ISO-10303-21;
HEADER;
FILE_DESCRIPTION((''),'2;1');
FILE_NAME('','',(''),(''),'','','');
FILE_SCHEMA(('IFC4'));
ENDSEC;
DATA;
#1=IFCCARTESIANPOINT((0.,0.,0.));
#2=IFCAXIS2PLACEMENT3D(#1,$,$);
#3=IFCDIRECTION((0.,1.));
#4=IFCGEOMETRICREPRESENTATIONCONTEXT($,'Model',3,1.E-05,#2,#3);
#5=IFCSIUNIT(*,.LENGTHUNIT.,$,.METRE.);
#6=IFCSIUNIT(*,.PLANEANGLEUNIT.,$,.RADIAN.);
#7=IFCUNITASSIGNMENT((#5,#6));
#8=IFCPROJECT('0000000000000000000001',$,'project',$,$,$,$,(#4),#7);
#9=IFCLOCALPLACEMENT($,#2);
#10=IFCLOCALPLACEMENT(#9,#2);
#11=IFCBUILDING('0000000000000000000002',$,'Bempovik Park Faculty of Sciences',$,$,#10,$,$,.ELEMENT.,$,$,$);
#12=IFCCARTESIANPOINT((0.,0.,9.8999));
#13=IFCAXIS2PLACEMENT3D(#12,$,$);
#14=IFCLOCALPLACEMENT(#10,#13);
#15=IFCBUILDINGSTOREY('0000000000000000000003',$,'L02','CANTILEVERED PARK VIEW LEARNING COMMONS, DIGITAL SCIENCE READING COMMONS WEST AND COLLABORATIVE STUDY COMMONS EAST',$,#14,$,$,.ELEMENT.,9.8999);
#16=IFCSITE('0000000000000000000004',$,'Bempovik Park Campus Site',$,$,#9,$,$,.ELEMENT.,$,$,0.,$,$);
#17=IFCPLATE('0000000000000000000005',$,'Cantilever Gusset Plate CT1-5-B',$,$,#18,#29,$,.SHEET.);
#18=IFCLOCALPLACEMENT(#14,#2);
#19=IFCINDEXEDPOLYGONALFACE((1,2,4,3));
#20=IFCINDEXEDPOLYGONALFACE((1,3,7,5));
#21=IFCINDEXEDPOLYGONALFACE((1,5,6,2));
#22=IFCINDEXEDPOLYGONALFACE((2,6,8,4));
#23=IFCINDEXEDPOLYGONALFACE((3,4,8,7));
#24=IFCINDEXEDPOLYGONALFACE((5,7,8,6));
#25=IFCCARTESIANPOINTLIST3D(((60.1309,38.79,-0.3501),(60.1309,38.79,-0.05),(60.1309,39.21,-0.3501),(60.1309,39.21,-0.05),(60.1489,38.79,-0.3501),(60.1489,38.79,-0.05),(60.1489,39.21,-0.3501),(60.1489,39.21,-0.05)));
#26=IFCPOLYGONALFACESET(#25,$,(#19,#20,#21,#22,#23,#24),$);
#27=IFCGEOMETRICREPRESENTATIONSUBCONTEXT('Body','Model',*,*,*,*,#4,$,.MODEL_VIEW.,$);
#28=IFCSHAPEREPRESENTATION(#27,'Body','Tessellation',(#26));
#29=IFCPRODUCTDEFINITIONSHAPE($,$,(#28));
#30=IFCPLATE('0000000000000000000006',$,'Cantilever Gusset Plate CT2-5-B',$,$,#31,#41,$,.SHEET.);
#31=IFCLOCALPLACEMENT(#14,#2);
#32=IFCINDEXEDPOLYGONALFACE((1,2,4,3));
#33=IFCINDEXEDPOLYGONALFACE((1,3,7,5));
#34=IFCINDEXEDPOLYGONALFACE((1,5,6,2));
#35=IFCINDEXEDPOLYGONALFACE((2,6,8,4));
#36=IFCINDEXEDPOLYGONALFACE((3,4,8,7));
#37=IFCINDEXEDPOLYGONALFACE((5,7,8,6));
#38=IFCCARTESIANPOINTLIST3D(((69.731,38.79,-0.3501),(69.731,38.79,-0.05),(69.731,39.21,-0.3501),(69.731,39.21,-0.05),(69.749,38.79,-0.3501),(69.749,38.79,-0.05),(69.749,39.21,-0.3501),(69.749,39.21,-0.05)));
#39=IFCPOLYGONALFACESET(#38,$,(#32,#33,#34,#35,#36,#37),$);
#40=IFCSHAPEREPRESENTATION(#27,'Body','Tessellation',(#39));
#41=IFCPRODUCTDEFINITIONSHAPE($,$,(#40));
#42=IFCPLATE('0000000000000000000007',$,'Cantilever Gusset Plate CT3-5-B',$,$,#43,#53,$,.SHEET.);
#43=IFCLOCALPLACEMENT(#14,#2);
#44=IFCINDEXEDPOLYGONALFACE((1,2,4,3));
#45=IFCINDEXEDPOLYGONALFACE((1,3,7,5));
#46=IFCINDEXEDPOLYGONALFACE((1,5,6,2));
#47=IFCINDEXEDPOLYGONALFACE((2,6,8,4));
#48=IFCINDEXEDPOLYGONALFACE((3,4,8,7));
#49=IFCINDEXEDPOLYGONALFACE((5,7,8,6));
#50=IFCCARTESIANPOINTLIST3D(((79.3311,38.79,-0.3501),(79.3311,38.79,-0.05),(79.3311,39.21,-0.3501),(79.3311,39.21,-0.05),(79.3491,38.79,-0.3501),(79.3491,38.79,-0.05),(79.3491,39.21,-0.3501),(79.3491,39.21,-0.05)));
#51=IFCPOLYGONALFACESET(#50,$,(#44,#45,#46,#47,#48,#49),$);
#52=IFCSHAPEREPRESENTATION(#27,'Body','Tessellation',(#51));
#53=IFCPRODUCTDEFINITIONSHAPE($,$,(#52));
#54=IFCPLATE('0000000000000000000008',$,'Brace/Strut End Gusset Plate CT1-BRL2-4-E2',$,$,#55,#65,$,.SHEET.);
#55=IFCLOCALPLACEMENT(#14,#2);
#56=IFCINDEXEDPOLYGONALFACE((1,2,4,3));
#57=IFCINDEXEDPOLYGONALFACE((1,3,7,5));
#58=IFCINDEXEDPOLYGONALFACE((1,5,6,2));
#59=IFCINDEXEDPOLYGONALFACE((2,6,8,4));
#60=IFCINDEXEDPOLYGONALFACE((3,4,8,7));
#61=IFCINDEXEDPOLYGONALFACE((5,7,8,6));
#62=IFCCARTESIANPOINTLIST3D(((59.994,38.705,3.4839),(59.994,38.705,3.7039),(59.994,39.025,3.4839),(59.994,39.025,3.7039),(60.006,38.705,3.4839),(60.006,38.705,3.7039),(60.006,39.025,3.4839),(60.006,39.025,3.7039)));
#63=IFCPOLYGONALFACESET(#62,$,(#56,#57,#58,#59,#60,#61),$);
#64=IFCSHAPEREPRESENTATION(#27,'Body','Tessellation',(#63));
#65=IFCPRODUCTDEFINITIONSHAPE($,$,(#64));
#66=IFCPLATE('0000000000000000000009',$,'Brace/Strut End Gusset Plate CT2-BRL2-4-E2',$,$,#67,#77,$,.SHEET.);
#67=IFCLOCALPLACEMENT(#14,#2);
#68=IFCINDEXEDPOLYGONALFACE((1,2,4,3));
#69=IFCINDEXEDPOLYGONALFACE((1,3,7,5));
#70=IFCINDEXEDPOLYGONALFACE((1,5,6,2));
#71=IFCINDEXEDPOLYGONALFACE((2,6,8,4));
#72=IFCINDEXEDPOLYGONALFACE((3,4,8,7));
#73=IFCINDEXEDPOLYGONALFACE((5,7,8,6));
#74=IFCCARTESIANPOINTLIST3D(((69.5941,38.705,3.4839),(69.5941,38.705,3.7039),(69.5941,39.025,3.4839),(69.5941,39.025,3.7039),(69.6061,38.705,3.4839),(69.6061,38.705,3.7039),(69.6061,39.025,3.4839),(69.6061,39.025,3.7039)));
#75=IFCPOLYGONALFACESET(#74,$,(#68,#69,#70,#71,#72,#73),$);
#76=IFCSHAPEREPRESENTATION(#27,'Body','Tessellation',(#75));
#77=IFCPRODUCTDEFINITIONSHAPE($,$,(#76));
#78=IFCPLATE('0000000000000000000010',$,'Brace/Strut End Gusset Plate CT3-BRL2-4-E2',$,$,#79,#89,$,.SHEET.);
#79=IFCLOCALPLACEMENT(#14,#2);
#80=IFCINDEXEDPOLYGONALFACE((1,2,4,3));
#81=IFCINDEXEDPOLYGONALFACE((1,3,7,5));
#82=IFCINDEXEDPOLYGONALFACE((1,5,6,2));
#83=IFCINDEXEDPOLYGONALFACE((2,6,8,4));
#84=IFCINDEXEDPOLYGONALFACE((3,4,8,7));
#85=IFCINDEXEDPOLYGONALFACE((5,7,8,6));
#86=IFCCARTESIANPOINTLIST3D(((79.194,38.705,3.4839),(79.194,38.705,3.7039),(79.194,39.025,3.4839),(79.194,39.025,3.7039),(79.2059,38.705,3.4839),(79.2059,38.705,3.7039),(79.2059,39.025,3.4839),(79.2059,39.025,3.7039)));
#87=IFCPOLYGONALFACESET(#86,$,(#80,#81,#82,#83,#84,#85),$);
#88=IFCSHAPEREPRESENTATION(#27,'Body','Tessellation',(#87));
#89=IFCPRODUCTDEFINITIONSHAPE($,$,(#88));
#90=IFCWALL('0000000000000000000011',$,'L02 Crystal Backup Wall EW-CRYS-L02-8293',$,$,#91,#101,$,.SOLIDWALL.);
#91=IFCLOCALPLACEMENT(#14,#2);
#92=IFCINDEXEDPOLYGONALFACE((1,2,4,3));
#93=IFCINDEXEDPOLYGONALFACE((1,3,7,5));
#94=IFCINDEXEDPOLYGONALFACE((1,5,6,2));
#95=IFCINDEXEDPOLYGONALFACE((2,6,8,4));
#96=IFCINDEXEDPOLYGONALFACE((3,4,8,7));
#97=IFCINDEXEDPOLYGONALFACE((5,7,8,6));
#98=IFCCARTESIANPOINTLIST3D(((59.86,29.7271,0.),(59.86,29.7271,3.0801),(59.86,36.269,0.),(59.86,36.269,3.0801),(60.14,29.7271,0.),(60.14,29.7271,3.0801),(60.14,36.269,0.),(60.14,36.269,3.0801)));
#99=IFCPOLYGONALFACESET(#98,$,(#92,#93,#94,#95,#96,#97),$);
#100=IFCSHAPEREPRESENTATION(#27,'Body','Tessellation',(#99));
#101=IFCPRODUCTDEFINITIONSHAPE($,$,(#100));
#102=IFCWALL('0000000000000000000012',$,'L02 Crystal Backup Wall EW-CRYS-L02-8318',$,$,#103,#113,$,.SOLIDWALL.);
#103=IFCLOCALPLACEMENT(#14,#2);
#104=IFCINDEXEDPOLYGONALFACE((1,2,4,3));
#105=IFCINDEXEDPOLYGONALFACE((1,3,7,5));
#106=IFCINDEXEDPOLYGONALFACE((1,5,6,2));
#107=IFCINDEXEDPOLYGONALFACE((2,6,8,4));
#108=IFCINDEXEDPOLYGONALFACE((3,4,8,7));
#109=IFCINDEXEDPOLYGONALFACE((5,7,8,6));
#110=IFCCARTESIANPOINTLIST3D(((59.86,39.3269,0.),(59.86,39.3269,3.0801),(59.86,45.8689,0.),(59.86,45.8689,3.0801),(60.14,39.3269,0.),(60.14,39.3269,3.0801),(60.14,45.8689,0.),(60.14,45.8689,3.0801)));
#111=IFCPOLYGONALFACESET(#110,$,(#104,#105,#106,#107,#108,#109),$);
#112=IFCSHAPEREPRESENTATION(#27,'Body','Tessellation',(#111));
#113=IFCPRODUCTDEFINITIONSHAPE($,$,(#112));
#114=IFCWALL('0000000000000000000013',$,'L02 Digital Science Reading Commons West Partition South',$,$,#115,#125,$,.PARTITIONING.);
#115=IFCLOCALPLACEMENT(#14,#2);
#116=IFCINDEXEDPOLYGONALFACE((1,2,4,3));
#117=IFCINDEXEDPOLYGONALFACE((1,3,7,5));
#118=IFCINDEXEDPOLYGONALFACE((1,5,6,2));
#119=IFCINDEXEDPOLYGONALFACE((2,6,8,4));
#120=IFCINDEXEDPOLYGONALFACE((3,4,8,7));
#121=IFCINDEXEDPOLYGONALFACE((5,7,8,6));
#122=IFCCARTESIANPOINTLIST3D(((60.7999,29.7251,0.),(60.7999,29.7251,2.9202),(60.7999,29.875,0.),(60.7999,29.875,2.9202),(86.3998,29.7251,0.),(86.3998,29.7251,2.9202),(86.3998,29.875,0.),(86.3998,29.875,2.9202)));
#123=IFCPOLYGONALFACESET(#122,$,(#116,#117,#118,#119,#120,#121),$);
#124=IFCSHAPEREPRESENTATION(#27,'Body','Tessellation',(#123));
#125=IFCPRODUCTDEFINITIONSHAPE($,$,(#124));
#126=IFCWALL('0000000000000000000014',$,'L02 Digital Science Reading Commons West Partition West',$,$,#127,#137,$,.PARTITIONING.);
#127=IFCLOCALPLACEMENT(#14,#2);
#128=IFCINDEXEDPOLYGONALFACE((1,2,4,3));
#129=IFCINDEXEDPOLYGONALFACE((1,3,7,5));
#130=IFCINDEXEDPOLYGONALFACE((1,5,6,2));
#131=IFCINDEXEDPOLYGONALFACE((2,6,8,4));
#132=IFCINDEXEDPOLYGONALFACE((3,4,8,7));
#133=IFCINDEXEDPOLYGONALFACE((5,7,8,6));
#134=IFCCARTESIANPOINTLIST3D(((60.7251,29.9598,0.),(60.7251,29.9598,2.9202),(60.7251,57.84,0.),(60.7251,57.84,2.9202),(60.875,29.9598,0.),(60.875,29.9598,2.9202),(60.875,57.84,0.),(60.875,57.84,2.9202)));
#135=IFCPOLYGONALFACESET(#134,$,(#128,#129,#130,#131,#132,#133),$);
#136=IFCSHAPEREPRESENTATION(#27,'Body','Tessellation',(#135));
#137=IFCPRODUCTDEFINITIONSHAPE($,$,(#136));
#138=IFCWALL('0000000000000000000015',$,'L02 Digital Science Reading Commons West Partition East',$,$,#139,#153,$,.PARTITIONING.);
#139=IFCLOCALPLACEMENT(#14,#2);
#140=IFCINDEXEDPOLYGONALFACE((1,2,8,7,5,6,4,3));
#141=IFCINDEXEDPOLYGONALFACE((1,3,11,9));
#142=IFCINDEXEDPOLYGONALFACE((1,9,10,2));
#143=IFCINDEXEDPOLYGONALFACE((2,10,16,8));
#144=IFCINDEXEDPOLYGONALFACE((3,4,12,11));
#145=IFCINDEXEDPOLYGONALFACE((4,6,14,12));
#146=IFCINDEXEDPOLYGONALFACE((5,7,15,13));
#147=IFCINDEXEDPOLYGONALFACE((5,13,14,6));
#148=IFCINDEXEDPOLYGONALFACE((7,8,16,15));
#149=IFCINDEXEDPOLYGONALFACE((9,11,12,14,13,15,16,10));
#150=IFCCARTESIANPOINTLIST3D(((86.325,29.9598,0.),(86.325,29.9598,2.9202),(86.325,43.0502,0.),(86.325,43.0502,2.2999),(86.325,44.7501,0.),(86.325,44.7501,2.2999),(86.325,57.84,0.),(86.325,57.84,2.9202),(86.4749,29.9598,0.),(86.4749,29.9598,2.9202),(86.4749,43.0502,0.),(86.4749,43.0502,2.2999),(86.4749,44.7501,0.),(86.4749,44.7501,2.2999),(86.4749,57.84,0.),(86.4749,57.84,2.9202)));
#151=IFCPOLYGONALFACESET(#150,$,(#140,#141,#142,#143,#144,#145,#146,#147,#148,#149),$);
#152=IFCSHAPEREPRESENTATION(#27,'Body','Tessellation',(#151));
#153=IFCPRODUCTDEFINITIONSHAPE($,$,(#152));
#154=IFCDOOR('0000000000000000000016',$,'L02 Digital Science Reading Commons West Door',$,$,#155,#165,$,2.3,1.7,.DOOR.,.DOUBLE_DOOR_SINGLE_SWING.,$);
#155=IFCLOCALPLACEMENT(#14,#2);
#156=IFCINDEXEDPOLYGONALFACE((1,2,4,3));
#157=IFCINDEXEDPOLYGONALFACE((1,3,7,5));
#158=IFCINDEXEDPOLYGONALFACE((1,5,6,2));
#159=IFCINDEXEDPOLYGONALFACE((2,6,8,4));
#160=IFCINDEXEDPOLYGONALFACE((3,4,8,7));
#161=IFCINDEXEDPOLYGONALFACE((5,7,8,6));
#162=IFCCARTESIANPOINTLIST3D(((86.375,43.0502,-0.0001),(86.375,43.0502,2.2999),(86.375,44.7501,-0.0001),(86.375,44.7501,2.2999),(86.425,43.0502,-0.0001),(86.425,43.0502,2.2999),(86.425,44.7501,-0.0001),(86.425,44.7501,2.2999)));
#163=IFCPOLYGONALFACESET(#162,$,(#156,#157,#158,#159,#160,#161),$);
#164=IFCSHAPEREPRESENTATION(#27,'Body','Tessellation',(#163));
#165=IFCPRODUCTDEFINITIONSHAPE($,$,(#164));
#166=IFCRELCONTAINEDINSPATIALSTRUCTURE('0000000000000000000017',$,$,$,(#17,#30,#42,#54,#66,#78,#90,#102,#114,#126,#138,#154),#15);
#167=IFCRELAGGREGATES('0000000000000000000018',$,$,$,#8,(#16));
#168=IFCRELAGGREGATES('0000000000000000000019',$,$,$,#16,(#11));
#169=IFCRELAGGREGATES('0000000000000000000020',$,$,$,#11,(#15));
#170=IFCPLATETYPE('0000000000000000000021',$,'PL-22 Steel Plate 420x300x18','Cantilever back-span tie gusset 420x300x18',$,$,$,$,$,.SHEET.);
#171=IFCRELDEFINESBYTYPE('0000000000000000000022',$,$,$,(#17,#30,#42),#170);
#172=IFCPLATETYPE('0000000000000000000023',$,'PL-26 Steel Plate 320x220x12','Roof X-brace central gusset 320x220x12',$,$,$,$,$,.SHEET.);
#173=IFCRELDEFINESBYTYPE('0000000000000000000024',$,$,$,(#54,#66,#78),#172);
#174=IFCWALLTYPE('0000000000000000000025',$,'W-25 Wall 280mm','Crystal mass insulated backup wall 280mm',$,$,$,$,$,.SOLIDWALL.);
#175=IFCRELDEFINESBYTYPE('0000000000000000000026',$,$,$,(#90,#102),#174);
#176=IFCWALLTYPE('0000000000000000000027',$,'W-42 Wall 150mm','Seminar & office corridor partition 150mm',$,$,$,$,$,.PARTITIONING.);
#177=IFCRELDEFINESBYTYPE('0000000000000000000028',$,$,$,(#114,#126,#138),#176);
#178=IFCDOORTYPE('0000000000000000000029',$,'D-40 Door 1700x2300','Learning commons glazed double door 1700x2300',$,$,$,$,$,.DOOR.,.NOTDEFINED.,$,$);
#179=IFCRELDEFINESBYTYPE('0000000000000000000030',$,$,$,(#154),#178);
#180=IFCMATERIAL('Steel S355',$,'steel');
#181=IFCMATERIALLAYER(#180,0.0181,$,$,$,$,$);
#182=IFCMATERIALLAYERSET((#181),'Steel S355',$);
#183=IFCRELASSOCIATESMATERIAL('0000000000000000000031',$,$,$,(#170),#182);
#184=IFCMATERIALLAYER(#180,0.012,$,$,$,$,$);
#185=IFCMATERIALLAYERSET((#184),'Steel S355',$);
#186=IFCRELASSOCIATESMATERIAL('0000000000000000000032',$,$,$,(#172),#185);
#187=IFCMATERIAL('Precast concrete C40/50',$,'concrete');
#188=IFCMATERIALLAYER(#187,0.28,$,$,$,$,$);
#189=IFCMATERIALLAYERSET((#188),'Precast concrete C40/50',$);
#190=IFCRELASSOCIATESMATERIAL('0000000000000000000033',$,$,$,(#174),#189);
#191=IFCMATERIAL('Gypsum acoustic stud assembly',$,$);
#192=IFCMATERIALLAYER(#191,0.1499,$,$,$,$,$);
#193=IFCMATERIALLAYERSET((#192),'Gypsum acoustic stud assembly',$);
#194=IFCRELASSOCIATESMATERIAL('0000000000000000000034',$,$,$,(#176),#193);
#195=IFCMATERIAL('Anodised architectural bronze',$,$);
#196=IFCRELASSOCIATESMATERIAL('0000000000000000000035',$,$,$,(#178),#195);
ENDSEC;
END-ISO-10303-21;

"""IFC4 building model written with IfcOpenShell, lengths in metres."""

from ifc_helpers import new_model, si_unit, direction, frame, frame_2d, origin, origin_2d, place, context, subcontext, project, spatial, rectangle, extrude, material, layer, layer_set, type_object, element, fill, save


model = new_model("IFC4")

# Units and contexts
model_context = context("Model", 3, precision=1e-05, world=origin(), true_north=direction((0.0, 1.0)))
body_context = subcontext(model_context, "Body", "Model", "MODEL_VIEW")
ifc_project = project(units=[si_unit("LENGTHUNIT", "METRE"), si_unit("PLANEANGLEUNIT", "RADIAN")], contexts=[model_context])

# Site, building, storey
site_placement = place(None, origin())
site = spatial("IfcSite", under=ifc_project, at=site_placement, Name="Bempovik Park Campus Site", CompositionType="ELEMENT", RefElevation=0.0)
building_placement = place(site_placement, origin())
building = spatial("IfcBuilding", under=site, at=building_placement, Name="Bempovik Park Faculty of Sciences", CompositionType="ELEMENT")
storey_placement = place(building_placement, frame((0.0, 0.0, 9.8999)))
storey = spatial("IfcBuildingStorey", under=building, at=storey_placement, Name="L02", Description="CANTILEVERED PARK VIEW LEARNING COMMONS, DIGITAL SCIENCE READING COMMONS WEST AND COLLABORATIVE STUDY COMMONS EAST", CompositionType="ELEMENT", Elevation=9.8999)

# Shared definitions
ifc_material_1 = material(Name="Steel S355", Category="steel")

# Plates
ifc_layer_1 = layer(ifc_material_1, 0.0181)
ifc_layer_set_1 = layer_set([ifc_layer_1], Name="Steel S355")
plate_type_1 = type_object("IfcPlateType", Name="PL-22 Steel Plate 420x300x18", Description="Cantilever back-span tie gusset 420x300x18", PredefinedType="SHEET", material=ifc_layer_set_1)
for number, where, z_axis, x_axis, name in (
    (1, (60.1399, 39.0, -0.3501), (0.0, 0.0, 1.0), (1.0, 0.0, 0.0), "Cantilever Gusset Plate CT1-5-B"),
    (2, (69.74, 39.0, -0.3501), (0.0, 0.0, 1.0), (1.0, 0.0, 0.0), "Cantilever Gusset Plate CT2-5-B"),
    (3, (79.3401, 39.0, -0.3501), (0.0, 0.0, 1.0), (1.0, 0.0, 0.0), "Cantilever Gusset Plate CT3-5-B"),
):
    element("IfcPlate", number, at=place(storey_placement, frame(where, z_axis=z_axis, x_axis=x_axis)), inside=storey, type_object=plate_type_1, Name=name, PredefinedType="SHEET", context=body_context, shape_type="SweptSolid", body=[
        extrude(rectangle(XDim=0.0181, YDim=0.4199, at=origin_2d()), origin(), (0.0, 0.0, 1.0), 0.3),
    ])
ifc_layer_2 = layer(ifc_material_1, 0.012)
ifc_layer_set_2 = layer_set([ifc_layer_2], Name="Steel S355")
plate_type_2 = type_object("IfcPlateType", Name="PL-26 Steel Plate 320x220x12", Description="Roof X-brace central gusset 320x220x12", PredefinedType="SHEET", material=ifc_layer_set_2)
for number, where, z_axis, x_axis, name in (
    (4, (60.0, 38.865, 3.4839), (0.0, 0.0, 1.0), (1.0, 0.0, 0.0), "Brace/Strut End Gusset Plate CT1-BRL2-4-E2"),
    (5, (69.6001, 38.865, 3.4839), (0.0, 0.0, 1.0), (1.0, 0.0, 0.0), "Brace/Strut End Gusset Plate CT2-BRL2-4-E2"),
    (6, (79.2, 38.865, 3.4839), (0.0, 0.0, 1.0), (1.0, 0.0, 0.0), "Brace/Strut End Gusset Plate CT3-BRL2-4-E2"),
):
    element("IfcPlate", number, at=place(storey_placement, frame(where, z_axis=z_axis, x_axis=x_axis)), inside=storey, type_object=plate_type_2, Name=name, PredefinedType="SHEET", context=body_context, shape_type="SweptSolid", body=[
        extrude(rectangle(XDim=0.012, YDim=0.3201, at=origin_2d()), origin(), (0.0, 0.0, 1.0), 0.22),
    ])

# Walls
ifc_material_2 = material(Name="Precast concrete C40/50", Category="concrete")
ifc_layer_3 = layer(ifc_material_2, 0.28)
ifc_layer_set_3 = layer_set([ifc_layer_3], Name="Precast concrete C40/50")
wall_type_1 = type_object("IfcWallType", Name="W-25 Wall 280mm", Description="Crystal mass insulated backup wall 280mm", PredefinedType="SOLIDWALL", material=ifc_layer_set_3)
for number, where, z_axis, x_axis, name in (
    (7, (60.0, 29.7271, 0.0), (0.0, 0.0, 1.0), (0.0, 1.0, 0.0), "L02 Crystal Backup Wall EW-CRYS-L02-8293"),
    (8, (60.0, 39.3269, 0.0), (0.0, 0.0, 1.0), (0.0, 1.0, 0.0), "L02 Crystal Backup Wall EW-CRYS-L02-8318"),
):
    element("IfcWall", number, at=place(storey_placement, frame(where, z_axis=z_axis, x_axis=x_axis)), inside=storey, type_object=wall_type_1, Name=name, PredefinedType="SOLIDWALL", context=body_context, shape_type="SweptSolid", body=[
        extrude(rectangle(XDim=6.542, YDim=0.28, at=frame_2d((3.271, 0.0))), origin(), (0.0, 0.0, 1.0), 3.0801),
    ])
ifc_material_3 = material(Name="Gypsum acoustic stud assembly")
ifc_layer_4 = layer(ifc_material_3, 0.1499)
ifc_layer_set_4 = layer_set([ifc_layer_4], Name="Gypsum acoustic stud assembly")
wall_type_2 = type_object("IfcWallType", Name="W-42 Wall 150mm", Description="Seminar & office corridor partition 150mm", PredefinedType="PARTITIONING", material=ifc_layer_set_4)
wall_1_placement = place(storey_placement, frame((60.8, 29.8, 0.0), z_axis=(0.0, 0.0, 1.0), x_axis=(1.0, 0.0, 0.0)))
element("IfcWall", 9, at=wall_1_placement, inside=storey, type_object=wall_type_2, Name="L02 Digital Science Reading Commons West Partition South", PredefinedType="PARTITIONING", context=body_context, shape_type="SweptSolid", body=[
    extrude(rectangle(XDim=25.5999, YDim=0.1499, at=frame_2d((12.7998, 0.0))), origin(), (0.0, 0.0, 1.0), 2.9202),
])
wall_2_placement = place(storey_placement, frame((60.8, 29.96, 0.0), z_axis=(0.0, 0.0, 1.0), x_axis=(0.0, 1.0, 0.0)))
element("IfcWall", 10, at=wall_2_placement, inside=storey, type_object=wall_type_2, Name="L02 Digital Science Reading Commons West Partition West", PredefinedType="PARTITIONING", context=body_context, shape_type="SweptSolid", body=[
    extrude(rectangle(XDim=27.8801, YDim=0.1499, at=frame_2d((13.9399, 0.0))), origin(), (0.0, 0.0, 1.0), 2.9202),
])

# Wall, opening, door
wall_3_placement = place(storey_placement, frame((86.3999, 29.96, 0.0), z_axis=(0.0, 0.0, 1.0), x_axis=(0.0, 1.0, 0.0)))
wall_3 = element("IfcWall", 11, at=wall_3_placement, inside=storey, type_object=wall_type_2, Name="L02 Digital Science Reading Commons West Partition East", PredefinedType="PARTITIONING", context=body_context, shape_type="SweptSolid", body=[
    extrude(rectangle(XDim=27.8801, YDim=0.1499, at=frame_2d((13.9399, 0.0))), origin(), (0.0, 0.0, 1.0), 2.9202),
])
opening_placement = place(wall_3_placement, frame((13.0901, 0.0, 0.0)))
opening = element("IfcOpeningElement", 12, at=opening_placement, cuts=wall_3, PredefinedType="OPENING", context=body_context, shape_type="SweptSolid", body=[
    extrude(rectangle(XDim=1.7, YDim=2.3, at=frame_2d((0.8501, 1.1499))), frame((0.0, 0.085, 0.0), z_axis=(0.0, -1.0, 0.0), x_axis=(1.0, 0.0, 0.0)), (0.0, 0.0, 1.0), 0.1699),
])
ifc_material_4 = material(Name="Anodised architectural bronze")
door_type = type_object("IfcDoorType", Name="D-40 Door 1700x2300", Description="Learning commons glazed double door 1700x2300", OperationType="NOTDEFINED", PredefinedType="DOOR", material=ifc_material_4)
door_placement = place(opening_placement, origin())
door = element("IfcDoor", 13, at=door_placement, inside=storey, type_object=door_type, Name="L02 Digital Science Reading Commons West Door", OperationType="DOUBLE_DOOR_SINGLE_SWING", OverallHeight=2.3, OverallWidth=1.7, PredefinedType="DOOR", context=body_context, shape_type="SweptSolid", body=[
    extrude(rectangle(XDim=1.7, YDim=2.3, at=frame_2d((0.8501, 1.1499))), frame((0.0, 0.0249, 0.0), z_axis=(0.0, -1.0, 0.0), x_axis=(1.0, 0.0, 0.0)), (0.0, 0.0, 1.0), 0.05),
])
fill(opening, door)

save(model, "model.ifc")
